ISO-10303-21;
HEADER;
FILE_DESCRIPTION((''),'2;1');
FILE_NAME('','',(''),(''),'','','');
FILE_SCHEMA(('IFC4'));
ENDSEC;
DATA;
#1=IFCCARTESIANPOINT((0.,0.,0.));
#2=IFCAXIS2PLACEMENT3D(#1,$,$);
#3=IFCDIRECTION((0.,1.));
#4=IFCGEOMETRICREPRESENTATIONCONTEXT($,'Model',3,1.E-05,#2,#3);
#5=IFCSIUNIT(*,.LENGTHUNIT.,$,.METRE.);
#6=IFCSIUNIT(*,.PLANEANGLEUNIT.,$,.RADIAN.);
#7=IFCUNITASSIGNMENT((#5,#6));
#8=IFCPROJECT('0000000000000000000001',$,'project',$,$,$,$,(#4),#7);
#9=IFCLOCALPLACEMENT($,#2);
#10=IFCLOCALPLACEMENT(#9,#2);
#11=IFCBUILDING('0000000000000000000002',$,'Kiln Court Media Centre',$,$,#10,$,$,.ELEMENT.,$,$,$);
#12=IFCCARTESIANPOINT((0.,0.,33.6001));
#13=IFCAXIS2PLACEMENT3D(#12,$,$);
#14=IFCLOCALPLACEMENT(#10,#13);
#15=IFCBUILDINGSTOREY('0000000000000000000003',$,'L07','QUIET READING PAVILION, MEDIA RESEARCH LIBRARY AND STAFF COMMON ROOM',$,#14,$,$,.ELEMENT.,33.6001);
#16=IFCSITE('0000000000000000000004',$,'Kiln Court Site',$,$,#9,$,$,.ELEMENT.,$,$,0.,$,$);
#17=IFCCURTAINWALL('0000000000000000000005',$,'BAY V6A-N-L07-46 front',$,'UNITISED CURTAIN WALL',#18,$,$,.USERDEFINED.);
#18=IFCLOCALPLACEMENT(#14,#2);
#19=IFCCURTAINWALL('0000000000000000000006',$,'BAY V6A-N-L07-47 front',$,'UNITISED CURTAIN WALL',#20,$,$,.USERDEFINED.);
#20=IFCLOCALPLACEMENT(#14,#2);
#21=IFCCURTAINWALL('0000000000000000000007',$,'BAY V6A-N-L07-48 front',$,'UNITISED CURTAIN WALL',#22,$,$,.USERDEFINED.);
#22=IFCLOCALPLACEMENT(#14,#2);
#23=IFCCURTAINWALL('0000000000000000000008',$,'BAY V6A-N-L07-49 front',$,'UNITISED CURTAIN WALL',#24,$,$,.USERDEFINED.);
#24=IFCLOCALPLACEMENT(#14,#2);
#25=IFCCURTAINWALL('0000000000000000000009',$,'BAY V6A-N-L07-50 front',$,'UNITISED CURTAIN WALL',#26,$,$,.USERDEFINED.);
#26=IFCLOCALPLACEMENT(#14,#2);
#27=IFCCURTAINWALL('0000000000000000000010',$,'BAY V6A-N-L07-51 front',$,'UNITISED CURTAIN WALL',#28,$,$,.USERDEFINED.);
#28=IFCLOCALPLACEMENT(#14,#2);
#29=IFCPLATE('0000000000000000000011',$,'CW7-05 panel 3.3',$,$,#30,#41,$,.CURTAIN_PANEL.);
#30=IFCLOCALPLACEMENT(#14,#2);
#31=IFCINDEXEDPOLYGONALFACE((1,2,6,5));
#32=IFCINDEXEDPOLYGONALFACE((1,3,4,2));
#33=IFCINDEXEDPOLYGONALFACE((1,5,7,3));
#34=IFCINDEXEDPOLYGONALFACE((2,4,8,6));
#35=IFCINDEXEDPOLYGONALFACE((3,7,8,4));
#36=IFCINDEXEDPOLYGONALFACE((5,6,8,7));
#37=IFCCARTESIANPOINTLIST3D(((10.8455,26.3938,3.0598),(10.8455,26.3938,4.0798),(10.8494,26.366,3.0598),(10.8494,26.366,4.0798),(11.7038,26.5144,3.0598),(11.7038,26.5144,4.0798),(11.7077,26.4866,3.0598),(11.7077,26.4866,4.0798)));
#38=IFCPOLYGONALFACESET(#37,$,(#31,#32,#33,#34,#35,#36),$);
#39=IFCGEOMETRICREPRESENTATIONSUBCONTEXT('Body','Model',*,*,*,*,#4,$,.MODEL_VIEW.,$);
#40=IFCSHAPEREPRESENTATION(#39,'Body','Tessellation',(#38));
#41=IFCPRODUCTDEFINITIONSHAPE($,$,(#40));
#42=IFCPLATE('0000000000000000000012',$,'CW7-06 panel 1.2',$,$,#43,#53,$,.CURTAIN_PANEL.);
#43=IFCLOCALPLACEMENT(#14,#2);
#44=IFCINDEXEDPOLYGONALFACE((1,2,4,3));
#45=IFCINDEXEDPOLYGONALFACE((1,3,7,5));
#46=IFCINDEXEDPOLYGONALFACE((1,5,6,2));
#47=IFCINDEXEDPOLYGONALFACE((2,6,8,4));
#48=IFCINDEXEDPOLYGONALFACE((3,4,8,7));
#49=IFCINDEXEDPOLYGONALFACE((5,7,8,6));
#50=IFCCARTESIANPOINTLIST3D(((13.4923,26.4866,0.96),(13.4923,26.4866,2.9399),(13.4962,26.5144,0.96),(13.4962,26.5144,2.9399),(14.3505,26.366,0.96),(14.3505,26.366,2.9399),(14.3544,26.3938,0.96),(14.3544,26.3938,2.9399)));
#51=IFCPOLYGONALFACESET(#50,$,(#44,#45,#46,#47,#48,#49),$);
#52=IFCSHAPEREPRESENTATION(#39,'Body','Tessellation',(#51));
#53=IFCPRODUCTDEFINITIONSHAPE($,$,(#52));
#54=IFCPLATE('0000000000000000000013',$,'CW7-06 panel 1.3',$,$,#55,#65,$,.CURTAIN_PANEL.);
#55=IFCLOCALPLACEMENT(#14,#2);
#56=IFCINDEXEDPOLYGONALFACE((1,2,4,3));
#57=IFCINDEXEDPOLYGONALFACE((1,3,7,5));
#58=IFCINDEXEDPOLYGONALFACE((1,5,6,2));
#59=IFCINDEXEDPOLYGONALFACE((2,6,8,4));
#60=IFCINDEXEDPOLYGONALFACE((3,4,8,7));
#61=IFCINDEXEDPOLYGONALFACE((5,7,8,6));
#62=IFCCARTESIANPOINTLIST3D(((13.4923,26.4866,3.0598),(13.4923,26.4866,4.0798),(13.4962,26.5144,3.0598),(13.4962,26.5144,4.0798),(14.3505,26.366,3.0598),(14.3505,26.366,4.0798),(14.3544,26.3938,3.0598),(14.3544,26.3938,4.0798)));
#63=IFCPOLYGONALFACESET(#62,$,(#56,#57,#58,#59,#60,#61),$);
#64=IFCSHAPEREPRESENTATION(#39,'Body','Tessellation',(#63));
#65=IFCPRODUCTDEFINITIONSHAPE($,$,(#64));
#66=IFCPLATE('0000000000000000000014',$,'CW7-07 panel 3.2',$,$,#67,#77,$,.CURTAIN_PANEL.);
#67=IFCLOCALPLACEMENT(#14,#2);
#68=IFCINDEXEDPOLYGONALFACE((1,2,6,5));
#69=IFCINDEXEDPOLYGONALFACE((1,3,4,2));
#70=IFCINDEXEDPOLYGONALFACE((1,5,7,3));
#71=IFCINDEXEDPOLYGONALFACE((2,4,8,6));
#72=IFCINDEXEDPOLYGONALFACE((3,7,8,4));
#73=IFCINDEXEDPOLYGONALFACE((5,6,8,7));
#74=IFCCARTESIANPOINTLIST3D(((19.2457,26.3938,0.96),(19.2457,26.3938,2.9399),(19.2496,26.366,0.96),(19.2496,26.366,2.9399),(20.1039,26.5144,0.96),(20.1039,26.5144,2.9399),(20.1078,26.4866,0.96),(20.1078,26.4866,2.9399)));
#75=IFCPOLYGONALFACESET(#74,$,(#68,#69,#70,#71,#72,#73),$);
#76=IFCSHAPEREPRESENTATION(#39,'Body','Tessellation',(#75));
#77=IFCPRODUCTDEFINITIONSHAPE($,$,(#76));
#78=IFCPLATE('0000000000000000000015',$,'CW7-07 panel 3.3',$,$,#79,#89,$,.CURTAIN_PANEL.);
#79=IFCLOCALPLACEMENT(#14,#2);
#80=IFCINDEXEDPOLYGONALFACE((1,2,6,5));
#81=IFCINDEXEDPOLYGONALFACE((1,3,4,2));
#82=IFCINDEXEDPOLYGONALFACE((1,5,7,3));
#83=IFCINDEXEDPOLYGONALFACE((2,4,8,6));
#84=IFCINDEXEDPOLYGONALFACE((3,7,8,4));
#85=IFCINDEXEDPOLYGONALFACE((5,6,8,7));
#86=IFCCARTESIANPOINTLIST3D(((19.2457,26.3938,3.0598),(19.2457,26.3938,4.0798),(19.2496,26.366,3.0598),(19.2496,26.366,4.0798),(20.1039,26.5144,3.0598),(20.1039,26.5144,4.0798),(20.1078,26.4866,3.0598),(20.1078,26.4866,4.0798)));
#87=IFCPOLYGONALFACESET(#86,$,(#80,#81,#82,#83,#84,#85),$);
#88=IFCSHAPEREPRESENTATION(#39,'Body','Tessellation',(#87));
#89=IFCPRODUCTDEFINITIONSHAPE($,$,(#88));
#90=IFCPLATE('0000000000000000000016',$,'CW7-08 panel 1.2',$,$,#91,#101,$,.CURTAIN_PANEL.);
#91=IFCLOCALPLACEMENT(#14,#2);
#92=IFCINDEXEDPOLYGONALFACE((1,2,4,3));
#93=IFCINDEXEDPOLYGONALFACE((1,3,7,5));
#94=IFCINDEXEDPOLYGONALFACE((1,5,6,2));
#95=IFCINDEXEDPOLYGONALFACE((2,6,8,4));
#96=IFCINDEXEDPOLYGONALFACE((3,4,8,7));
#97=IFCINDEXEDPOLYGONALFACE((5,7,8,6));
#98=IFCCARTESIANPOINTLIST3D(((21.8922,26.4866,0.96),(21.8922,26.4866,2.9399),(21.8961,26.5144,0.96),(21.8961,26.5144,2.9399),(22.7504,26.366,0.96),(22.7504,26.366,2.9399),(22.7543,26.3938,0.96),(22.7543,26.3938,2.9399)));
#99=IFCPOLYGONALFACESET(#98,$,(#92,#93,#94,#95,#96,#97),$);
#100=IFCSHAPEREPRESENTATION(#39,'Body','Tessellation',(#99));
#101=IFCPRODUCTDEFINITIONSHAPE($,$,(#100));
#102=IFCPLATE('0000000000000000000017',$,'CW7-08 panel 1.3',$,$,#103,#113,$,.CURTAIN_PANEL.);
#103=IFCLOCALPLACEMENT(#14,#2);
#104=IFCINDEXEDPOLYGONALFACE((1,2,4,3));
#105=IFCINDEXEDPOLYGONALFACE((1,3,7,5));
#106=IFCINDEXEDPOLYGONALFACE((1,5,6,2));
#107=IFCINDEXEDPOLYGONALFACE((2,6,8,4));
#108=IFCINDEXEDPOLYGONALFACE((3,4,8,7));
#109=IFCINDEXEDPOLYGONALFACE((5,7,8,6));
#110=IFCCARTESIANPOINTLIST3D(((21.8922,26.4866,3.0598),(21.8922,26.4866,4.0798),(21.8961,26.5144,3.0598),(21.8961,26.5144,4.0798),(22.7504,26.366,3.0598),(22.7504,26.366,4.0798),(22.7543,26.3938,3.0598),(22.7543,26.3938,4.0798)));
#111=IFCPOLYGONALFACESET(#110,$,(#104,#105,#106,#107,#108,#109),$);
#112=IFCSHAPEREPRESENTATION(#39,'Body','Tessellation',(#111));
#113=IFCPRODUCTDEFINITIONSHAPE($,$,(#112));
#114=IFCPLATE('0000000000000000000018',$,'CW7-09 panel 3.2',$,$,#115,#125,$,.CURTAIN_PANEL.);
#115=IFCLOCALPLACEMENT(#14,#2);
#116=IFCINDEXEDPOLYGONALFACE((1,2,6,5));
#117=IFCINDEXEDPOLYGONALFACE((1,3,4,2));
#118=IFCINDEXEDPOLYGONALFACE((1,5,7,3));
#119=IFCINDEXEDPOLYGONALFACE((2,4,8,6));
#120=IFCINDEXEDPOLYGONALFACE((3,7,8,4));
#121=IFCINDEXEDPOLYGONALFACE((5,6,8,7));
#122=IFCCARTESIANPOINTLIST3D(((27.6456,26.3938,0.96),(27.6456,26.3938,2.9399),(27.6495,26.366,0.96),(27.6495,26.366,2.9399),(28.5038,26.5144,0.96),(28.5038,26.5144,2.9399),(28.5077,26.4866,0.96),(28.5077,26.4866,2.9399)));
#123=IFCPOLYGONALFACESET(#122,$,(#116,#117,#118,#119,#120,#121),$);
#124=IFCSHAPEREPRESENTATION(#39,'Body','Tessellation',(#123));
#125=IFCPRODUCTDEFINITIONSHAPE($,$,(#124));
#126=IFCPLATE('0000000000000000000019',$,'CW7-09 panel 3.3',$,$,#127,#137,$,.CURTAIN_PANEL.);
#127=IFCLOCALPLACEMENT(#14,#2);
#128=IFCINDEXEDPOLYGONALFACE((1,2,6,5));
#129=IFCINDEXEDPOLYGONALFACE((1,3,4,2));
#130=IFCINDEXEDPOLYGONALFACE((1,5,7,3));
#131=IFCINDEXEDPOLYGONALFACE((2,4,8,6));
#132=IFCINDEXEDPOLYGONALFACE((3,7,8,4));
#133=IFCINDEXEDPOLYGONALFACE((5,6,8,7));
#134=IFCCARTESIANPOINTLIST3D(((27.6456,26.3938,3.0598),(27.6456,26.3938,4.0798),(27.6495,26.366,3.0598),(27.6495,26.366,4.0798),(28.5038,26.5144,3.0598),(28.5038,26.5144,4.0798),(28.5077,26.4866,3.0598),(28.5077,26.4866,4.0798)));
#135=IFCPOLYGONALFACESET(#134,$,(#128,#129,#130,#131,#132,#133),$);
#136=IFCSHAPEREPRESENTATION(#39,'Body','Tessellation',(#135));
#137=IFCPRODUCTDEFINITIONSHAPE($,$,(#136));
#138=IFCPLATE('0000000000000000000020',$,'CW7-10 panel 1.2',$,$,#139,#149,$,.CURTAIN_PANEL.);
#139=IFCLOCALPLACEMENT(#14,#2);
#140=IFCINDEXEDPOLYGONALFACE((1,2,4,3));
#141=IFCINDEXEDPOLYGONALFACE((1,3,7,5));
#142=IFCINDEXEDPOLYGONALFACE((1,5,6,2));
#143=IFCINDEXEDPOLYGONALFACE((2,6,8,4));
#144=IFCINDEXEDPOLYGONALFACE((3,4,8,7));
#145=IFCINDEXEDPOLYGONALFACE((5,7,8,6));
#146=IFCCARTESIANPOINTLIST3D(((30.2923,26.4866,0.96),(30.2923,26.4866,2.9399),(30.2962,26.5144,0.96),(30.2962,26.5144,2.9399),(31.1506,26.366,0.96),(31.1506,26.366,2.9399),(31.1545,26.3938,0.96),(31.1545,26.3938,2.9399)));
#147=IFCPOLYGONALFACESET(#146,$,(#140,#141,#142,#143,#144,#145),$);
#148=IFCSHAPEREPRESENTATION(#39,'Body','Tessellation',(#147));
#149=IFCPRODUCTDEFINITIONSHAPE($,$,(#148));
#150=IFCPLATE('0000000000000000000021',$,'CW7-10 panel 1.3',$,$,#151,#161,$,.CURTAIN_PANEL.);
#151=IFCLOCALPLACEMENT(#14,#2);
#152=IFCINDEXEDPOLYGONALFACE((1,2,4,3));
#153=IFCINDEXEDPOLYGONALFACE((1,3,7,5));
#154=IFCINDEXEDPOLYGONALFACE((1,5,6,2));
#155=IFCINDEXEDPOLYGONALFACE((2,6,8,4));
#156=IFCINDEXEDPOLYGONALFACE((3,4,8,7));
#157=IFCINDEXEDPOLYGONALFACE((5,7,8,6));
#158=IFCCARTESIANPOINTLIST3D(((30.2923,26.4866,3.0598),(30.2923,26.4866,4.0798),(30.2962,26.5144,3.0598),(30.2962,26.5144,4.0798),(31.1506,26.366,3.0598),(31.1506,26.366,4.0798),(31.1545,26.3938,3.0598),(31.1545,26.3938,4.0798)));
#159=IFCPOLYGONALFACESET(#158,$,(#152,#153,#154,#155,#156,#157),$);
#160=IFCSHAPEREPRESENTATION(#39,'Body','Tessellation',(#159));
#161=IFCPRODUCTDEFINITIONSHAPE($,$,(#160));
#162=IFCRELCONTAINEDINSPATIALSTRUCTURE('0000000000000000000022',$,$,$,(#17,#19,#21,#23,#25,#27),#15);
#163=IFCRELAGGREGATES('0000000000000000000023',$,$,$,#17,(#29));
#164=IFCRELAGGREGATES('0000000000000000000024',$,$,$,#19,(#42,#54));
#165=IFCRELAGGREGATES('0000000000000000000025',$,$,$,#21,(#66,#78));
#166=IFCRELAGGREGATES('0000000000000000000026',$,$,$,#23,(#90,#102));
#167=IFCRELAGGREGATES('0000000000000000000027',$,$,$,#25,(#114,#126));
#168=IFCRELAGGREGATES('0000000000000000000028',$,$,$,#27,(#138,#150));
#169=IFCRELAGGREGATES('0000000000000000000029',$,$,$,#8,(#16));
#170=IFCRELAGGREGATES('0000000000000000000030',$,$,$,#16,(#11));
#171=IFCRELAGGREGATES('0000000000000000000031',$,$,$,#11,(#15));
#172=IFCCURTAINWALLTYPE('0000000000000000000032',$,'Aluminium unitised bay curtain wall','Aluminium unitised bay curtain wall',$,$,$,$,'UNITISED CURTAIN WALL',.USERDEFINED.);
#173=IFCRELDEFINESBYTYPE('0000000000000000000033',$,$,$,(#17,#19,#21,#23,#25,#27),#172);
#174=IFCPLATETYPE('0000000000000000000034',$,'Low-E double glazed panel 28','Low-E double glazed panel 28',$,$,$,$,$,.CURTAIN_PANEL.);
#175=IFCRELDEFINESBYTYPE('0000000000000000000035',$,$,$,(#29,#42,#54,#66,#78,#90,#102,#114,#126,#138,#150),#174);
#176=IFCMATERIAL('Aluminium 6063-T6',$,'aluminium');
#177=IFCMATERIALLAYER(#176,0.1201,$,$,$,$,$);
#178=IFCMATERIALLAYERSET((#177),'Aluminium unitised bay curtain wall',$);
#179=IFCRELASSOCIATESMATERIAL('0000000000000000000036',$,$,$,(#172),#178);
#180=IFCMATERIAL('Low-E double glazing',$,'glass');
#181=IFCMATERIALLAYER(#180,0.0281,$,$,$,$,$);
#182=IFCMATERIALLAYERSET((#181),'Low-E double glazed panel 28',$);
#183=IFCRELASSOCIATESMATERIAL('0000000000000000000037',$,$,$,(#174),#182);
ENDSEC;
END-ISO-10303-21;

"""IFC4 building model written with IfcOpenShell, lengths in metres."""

from ifc_helpers import new_model, si_unit, direction, frame, origin, origin_2d, place, context, subcontext, project, spatial, rectangle, extrude, material, layer, layer_set, type_object, element, aggregate, save


model = new_model("IFC4")

# Units and contexts
model_context = context("Model", 3, precision=1e-05, world=origin(), true_north=direction((0.0, 1.0)))
body_context = subcontext(model_context, "Body", "Model", "MODEL_VIEW")
ifc_project = project(units=[si_unit("LENGTHUNIT", "METRE"), si_unit("PLANEANGLEUNIT", "RADIAN")], contexts=[model_context])

# Site, building, storey
site_placement = place(None, origin())
site = spatial("IfcSite", under=ifc_project, at=site_placement, Name="Kiln Court Site", CompositionType="ELEMENT", RefElevation=0.0)
building_placement = place(site_placement, origin())
building = spatial("IfcBuilding", under=site, at=building_placement, Name="Kiln Court Media Centre", CompositionType="ELEMENT")
storey_placement = place(building_placement, frame((0.0, 0.0, 33.6001)))
storey = spatial("IfcBuildingStorey", under=building, at=storey_placement, Name="L07", Description="QUIET READING PAVILION, MEDIA RESEARCH LIBRARY AND STAFF COMMON ROOM", CompositionType="ELEMENT", Elevation=33.6001)

# Shared definitions
ifc_material_1 = material(Name="Aluminium 6063-T6", Category="aluminium")
ifc_layer_1 = layer(ifc_material_1, 0.1201)
ifc_layer_set_1 = layer_set([ifc_layer_1], Name="Aluminium unitised bay curtain wall")
curtain_wall_type = type_object("IfcCurtainWallType", Name="Aluminium unitised bay curtain wall", Description="Aluminium unitised bay curtain wall", ElementType="UNITISED CURTAIN WALL", PredefinedType="USERDEFINED", material=ifc_layer_set_1)

# Curtain wall
curtain_wall_1_placement = place(storey_placement, origin())
curtain_wall_1 = element("IfcCurtainWall", 1, at=curtain_wall_1_placement, inside=storey, type_object=curtain_wall_type, Name="BAY V6A-N-L07-46 front", ObjectType="UNITISED CURTAIN WALL", PredefinedType="USERDEFINED")

# Curtain walls
curtain_wall_2_placement = place(storey_placement, origin())
curtain_wall_2 = element("IfcCurtainWall", 2, at=curtain_wall_2_placement, inside=storey, type_object=curtain_wall_type, Name="BAY V6A-N-L07-47 front", ObjectType="UNITISED CURTAIN WALL", PredefinedType="USERDEFINED")
curtain_wall_3_placement = place(storey_placement, origin())
curtain_wall_3 = element("IfcCurtainWall", 3, at=curtain_wall_3_placement, inside=storey, type_object=curtain_wall_type, Name="BAY V6A-N-L07-48 front", ObjectType="UNITISED CURTAIN WALL", PredefinedType="USERDEFINED")
curtain_wall_4_placement = place(storey_placement, origin())
curtain_wall_4 = element("IfcCurtainWall", 4, at=curtain_wall_4_placement, inside=storey, type_object=curtain_wall_type, Name="BAY V6A-N-L07-49 front", ObjectType="UNITISED CURTAIN WALL", PredefinedType="USERDEFINED")
curtain_wall_5_placement = place(storey_placement, origin())
curtain_wall_5 = element("IfcCurtainWall", 5, at=curtain_wall_5_placement, inside=storey, type_object=curtain_wall_type, Name="BAY V6A-N-L07-50 front", ObjectType="UNITISED CURTAIN WALL", PredefinedType="USERDEFINED")

# Curtain wall
curtain_wall_6_placement = place(storey_placement, origin())
curtain_wall_6 = element("IfcCurtainWall", 6, at=curtain_wall_6_placement, inside=storey, type_object=curtain_wall_type, Name="BAY V6A-N-L07-51 front", ObjectType="UNITISED CURTAIN WALL", PredefinedType="USERDEFINED")

# Plates
ifc_material_2 = material(Name="Low-E double glazing", Category="glass")
ifc_layer_2 = layer(ifc_material_2, 0.0281)
ifc_layer_set_2 = layer_set([ifc_layer_2], Name="Low-E double glazed panel 28")
plate_type_1 = type_object("IfcPlateType", Name="Low-E double glazed panel 28", Description="Low-E double glazed panel 28", PredefinedType="CURTAIN_PANEL", material=ifc_layer_set_2)
plate_1_placement = place(storey_placement, frame((11.2766, 26.4402, 3.0598), z_axis=(0.0, 0.0, 1.0), x_axis=(0.99027, 0.139162, 0.0)))
plate_1 = element("IfcPlate", 7, at=plate_1_placement, type_object=plate_type_1, Name="CW7-05 panel 3.3", PredefinedType="CURTAIN_PANEL", context=body_context, shape_type="SweptSolid", body=[
    extrude(rectangle(XDim=0.8667, YDim=0.0281, at=origin_2d()), origin(), (0.0, 0.0, 1.0), 1.02),
])
aggregate(curtain_wall_1, [plate_1])
plate_2_placement = place(storey_placement, frame((13.9233, 26.4402, 0.96), z_axis=(0.0, 0.0, 1.0), x_axis=(0.99027, -0.139162, 0.0)))
plate_2 = element("IfcPlate", 8, at=plate_2_placement, type_object=plate_type_1, Name="CW7-06 panel 1.2", PredefinedType="CURTAIN_PANEL", context=body_context, shape_type="SweptSolid", body=[
    extrude(rectangle(XDim=0.8667, YDim=0.0281, at=origin_2d()), origin(), (0.0, 0.0, 1.0), 1.98),
])
plate_3_placement = place(storey_placement, frame((13.9233, 26.4402, 3.0598), z_axis=(0.0, 0.0, 1.0), x_axis=(0.99027, -0.139162, 0.0)))
plate_3 = element("IfcPlate", 9, at=plate_3_placement, type_object=plate_type_1, Name="CW7-06 panel 1.3", PredefinedType="CURTAIN_PANEL", context=body_context, shape_type="SweptSolid", body=[
    extrude(rectangle(XDim=0.8667, YDim=0.0281, at=origin_2d()), origin(), (0.0, 0.0, 1.0), 1.02),
])
aggregate(curtain_wall_2, [plate_2, plate_3])
plate_4_placement = place(storey_placement, frame((19.6768, 26.4402, 0.96), z_axis=(0.0, 0.0, 1.0), x_axis=(0.99027, 0.139162, 0.0)))
plate_4 = element("IfcPlate", 10, at=plate_4_placement, type_object=plate_type_1, Name="CW7-07 panel 3.2", PredefinedType="CURTAIN_PANEL", context=body_context, shape_type="SweptSolid", body=[
    extrude(rectangle(XDim=0.8667, YDim=0.0281, at=origin_2d()), origin(), (0.0, 0.0, 1.0), 1.98),
])
plate_5_placement = place(storey_placement, frame((19.6768, 26.4402, 3.0598), z_axis=(0.0, 0.0, 1.0), x_axis=(0.99027, 0.139162, 0.0)))
plate_5 = element("IfcPlate", 11, at=plate_5_placement, type_object=plate_type_1, Name="CW7-07 panel 3.3", PredefinedType="CURTAIN_PANEL", context=body_context, shape_type="SweptSolid", body=[
    extrude(rectangle(XDim=0.8667, YDim=0.0281, at=origin_2d()), origin(), (0.0, 0.0, 1.0), 1.02),
])
aggregate(curtain_wall_3, [plate_4, plate_5])
plate_6_placement = place(storey_placement, frame((22.3232, 26.4402, 0.96), z_axis=(0.0, 0.0, 1.0), x_axis=(0.99027, -0.139162, 0.0)))
plate_6 = element("IfcPlate", 12, at=plate_6_placement, type_object=plate_type_1, Name="CW7-08 panel 1.2", PredefinedType="CURTAIN_PANEL", context=body_context, shape_type="SweptSolid", body=[
    extrude(rectangle(XDim=0.8667, YDim=0.0281, at=origin_2d()), origin(), (0.0, 0.0, 1.0), 1.98),
])
plate_7_placement = place(storey_placement, frame((22.3232, 26.4402, 3.0598), z_axis=(0.0, 0.0, 1.0), x_axis=(0.99027, -0.139162, 0.0)))
plate_7 = element("IfcPlate", 13, at=plate_7_placement, type_object=plate_type_1, Name="CW7-08 panel 1.3", PredefinedType="CURTAIN_PANEL", context=body_context, shape_type="SweptSolid", body=[
    extrude(rectangle(XDim=0.8667, YDim=0.0281, at=origin_2d()), origin(), (0.0, 0.0, 1.0), 1.02),
])
aggregate(curtain_wall_4, [plate_6, plate_7])
plate_8_placement = place(storey_placement, frame((28.0767, 26.4402, 0.96), z_axis=(0.0, 0.0, 1.0), x_axis=(0.99027, 0.139162, 0.0)))
plate_8 = element("IfcPlate", 14, at=plate_8_placement, type_object=plate_type_1, Name="CW7-09 panel 3.2", PredefinedType="CURTAIN_PANEL", context=body_context, shape_type="SweptSolid", body=[
    extrude(rectangle(XDim=0.8667, YDim=0.0281, at=origin_2d()), origin(), (0.0, 0.0, 1.0), 1.98),
])
plate_9_placement = place(storey_placement, frame((28.0767, 26.4402, 3.0598), z_axis=(0.0, 0.0, 1.0), x_axis=(0.99027, 0.139162, 0.0)))
plate_9 = element("IfcPlate", 15, at=plate_9_placement, type_object=plate_type_1, Name="CW7-09 panel 3.3", PredefinedType="CURTAIN_PANEL", context=body_context, shape_type="SweptSolid", body=[
    extrude(rectangle(XDim=0.8667, YDim=0.0281, at=origin_2d()), origin(), (0.0, 0.0, 1.0), 1.02),
])
aggregate(curtain_wall_5, [plate_8, plate_9])
plate_10_placement = place(storey_placement, frame((30.7234, 26.4402, 0.96), z_axis=(0.0, 0.0, 1.0), x_axis=(0.99027, -0.139162, 0.0)))
plate_10 = element("IfcPlate", 16, at=plate_10_placement, type_object=plate_type_1, Name="CW7-10 panel 1.2", PredefinedType="CURTAIN_PANEL", context=body_context, shape_type="SweptSolid", body=[
    extrude(rectangle(XDim=0.8667, YDim=0.0281, at=origin_2d()), origin(), (0.0, 0.0, 1.0), 1.98),
])
plate_11_placement = place(storey_placement, frame((30.7234, 26.4402, 3.0598), z_axis=(0.0, 0.0, 1.0), x_axis=(0.99027, -0.139162, 0.0)))
plate_11 = element("IfcPlate", 17, at=plate_11_placement, type_object=plate_type_1, Name="CW7-10 panel 1.3", PredefinedType="CURTAIN_PANEL", context=body_context, shape_type="SweptSolid", body=[
    extrude(rectangle(XDim=0.8667, YDim=0.0281, at=origin_2d()), origin(), (0.0, 0.0, 1.0), 1.02),
])
aggregate(curtain_wall_6, [plate_10, plate_11])

save(model, "model.ifc")
